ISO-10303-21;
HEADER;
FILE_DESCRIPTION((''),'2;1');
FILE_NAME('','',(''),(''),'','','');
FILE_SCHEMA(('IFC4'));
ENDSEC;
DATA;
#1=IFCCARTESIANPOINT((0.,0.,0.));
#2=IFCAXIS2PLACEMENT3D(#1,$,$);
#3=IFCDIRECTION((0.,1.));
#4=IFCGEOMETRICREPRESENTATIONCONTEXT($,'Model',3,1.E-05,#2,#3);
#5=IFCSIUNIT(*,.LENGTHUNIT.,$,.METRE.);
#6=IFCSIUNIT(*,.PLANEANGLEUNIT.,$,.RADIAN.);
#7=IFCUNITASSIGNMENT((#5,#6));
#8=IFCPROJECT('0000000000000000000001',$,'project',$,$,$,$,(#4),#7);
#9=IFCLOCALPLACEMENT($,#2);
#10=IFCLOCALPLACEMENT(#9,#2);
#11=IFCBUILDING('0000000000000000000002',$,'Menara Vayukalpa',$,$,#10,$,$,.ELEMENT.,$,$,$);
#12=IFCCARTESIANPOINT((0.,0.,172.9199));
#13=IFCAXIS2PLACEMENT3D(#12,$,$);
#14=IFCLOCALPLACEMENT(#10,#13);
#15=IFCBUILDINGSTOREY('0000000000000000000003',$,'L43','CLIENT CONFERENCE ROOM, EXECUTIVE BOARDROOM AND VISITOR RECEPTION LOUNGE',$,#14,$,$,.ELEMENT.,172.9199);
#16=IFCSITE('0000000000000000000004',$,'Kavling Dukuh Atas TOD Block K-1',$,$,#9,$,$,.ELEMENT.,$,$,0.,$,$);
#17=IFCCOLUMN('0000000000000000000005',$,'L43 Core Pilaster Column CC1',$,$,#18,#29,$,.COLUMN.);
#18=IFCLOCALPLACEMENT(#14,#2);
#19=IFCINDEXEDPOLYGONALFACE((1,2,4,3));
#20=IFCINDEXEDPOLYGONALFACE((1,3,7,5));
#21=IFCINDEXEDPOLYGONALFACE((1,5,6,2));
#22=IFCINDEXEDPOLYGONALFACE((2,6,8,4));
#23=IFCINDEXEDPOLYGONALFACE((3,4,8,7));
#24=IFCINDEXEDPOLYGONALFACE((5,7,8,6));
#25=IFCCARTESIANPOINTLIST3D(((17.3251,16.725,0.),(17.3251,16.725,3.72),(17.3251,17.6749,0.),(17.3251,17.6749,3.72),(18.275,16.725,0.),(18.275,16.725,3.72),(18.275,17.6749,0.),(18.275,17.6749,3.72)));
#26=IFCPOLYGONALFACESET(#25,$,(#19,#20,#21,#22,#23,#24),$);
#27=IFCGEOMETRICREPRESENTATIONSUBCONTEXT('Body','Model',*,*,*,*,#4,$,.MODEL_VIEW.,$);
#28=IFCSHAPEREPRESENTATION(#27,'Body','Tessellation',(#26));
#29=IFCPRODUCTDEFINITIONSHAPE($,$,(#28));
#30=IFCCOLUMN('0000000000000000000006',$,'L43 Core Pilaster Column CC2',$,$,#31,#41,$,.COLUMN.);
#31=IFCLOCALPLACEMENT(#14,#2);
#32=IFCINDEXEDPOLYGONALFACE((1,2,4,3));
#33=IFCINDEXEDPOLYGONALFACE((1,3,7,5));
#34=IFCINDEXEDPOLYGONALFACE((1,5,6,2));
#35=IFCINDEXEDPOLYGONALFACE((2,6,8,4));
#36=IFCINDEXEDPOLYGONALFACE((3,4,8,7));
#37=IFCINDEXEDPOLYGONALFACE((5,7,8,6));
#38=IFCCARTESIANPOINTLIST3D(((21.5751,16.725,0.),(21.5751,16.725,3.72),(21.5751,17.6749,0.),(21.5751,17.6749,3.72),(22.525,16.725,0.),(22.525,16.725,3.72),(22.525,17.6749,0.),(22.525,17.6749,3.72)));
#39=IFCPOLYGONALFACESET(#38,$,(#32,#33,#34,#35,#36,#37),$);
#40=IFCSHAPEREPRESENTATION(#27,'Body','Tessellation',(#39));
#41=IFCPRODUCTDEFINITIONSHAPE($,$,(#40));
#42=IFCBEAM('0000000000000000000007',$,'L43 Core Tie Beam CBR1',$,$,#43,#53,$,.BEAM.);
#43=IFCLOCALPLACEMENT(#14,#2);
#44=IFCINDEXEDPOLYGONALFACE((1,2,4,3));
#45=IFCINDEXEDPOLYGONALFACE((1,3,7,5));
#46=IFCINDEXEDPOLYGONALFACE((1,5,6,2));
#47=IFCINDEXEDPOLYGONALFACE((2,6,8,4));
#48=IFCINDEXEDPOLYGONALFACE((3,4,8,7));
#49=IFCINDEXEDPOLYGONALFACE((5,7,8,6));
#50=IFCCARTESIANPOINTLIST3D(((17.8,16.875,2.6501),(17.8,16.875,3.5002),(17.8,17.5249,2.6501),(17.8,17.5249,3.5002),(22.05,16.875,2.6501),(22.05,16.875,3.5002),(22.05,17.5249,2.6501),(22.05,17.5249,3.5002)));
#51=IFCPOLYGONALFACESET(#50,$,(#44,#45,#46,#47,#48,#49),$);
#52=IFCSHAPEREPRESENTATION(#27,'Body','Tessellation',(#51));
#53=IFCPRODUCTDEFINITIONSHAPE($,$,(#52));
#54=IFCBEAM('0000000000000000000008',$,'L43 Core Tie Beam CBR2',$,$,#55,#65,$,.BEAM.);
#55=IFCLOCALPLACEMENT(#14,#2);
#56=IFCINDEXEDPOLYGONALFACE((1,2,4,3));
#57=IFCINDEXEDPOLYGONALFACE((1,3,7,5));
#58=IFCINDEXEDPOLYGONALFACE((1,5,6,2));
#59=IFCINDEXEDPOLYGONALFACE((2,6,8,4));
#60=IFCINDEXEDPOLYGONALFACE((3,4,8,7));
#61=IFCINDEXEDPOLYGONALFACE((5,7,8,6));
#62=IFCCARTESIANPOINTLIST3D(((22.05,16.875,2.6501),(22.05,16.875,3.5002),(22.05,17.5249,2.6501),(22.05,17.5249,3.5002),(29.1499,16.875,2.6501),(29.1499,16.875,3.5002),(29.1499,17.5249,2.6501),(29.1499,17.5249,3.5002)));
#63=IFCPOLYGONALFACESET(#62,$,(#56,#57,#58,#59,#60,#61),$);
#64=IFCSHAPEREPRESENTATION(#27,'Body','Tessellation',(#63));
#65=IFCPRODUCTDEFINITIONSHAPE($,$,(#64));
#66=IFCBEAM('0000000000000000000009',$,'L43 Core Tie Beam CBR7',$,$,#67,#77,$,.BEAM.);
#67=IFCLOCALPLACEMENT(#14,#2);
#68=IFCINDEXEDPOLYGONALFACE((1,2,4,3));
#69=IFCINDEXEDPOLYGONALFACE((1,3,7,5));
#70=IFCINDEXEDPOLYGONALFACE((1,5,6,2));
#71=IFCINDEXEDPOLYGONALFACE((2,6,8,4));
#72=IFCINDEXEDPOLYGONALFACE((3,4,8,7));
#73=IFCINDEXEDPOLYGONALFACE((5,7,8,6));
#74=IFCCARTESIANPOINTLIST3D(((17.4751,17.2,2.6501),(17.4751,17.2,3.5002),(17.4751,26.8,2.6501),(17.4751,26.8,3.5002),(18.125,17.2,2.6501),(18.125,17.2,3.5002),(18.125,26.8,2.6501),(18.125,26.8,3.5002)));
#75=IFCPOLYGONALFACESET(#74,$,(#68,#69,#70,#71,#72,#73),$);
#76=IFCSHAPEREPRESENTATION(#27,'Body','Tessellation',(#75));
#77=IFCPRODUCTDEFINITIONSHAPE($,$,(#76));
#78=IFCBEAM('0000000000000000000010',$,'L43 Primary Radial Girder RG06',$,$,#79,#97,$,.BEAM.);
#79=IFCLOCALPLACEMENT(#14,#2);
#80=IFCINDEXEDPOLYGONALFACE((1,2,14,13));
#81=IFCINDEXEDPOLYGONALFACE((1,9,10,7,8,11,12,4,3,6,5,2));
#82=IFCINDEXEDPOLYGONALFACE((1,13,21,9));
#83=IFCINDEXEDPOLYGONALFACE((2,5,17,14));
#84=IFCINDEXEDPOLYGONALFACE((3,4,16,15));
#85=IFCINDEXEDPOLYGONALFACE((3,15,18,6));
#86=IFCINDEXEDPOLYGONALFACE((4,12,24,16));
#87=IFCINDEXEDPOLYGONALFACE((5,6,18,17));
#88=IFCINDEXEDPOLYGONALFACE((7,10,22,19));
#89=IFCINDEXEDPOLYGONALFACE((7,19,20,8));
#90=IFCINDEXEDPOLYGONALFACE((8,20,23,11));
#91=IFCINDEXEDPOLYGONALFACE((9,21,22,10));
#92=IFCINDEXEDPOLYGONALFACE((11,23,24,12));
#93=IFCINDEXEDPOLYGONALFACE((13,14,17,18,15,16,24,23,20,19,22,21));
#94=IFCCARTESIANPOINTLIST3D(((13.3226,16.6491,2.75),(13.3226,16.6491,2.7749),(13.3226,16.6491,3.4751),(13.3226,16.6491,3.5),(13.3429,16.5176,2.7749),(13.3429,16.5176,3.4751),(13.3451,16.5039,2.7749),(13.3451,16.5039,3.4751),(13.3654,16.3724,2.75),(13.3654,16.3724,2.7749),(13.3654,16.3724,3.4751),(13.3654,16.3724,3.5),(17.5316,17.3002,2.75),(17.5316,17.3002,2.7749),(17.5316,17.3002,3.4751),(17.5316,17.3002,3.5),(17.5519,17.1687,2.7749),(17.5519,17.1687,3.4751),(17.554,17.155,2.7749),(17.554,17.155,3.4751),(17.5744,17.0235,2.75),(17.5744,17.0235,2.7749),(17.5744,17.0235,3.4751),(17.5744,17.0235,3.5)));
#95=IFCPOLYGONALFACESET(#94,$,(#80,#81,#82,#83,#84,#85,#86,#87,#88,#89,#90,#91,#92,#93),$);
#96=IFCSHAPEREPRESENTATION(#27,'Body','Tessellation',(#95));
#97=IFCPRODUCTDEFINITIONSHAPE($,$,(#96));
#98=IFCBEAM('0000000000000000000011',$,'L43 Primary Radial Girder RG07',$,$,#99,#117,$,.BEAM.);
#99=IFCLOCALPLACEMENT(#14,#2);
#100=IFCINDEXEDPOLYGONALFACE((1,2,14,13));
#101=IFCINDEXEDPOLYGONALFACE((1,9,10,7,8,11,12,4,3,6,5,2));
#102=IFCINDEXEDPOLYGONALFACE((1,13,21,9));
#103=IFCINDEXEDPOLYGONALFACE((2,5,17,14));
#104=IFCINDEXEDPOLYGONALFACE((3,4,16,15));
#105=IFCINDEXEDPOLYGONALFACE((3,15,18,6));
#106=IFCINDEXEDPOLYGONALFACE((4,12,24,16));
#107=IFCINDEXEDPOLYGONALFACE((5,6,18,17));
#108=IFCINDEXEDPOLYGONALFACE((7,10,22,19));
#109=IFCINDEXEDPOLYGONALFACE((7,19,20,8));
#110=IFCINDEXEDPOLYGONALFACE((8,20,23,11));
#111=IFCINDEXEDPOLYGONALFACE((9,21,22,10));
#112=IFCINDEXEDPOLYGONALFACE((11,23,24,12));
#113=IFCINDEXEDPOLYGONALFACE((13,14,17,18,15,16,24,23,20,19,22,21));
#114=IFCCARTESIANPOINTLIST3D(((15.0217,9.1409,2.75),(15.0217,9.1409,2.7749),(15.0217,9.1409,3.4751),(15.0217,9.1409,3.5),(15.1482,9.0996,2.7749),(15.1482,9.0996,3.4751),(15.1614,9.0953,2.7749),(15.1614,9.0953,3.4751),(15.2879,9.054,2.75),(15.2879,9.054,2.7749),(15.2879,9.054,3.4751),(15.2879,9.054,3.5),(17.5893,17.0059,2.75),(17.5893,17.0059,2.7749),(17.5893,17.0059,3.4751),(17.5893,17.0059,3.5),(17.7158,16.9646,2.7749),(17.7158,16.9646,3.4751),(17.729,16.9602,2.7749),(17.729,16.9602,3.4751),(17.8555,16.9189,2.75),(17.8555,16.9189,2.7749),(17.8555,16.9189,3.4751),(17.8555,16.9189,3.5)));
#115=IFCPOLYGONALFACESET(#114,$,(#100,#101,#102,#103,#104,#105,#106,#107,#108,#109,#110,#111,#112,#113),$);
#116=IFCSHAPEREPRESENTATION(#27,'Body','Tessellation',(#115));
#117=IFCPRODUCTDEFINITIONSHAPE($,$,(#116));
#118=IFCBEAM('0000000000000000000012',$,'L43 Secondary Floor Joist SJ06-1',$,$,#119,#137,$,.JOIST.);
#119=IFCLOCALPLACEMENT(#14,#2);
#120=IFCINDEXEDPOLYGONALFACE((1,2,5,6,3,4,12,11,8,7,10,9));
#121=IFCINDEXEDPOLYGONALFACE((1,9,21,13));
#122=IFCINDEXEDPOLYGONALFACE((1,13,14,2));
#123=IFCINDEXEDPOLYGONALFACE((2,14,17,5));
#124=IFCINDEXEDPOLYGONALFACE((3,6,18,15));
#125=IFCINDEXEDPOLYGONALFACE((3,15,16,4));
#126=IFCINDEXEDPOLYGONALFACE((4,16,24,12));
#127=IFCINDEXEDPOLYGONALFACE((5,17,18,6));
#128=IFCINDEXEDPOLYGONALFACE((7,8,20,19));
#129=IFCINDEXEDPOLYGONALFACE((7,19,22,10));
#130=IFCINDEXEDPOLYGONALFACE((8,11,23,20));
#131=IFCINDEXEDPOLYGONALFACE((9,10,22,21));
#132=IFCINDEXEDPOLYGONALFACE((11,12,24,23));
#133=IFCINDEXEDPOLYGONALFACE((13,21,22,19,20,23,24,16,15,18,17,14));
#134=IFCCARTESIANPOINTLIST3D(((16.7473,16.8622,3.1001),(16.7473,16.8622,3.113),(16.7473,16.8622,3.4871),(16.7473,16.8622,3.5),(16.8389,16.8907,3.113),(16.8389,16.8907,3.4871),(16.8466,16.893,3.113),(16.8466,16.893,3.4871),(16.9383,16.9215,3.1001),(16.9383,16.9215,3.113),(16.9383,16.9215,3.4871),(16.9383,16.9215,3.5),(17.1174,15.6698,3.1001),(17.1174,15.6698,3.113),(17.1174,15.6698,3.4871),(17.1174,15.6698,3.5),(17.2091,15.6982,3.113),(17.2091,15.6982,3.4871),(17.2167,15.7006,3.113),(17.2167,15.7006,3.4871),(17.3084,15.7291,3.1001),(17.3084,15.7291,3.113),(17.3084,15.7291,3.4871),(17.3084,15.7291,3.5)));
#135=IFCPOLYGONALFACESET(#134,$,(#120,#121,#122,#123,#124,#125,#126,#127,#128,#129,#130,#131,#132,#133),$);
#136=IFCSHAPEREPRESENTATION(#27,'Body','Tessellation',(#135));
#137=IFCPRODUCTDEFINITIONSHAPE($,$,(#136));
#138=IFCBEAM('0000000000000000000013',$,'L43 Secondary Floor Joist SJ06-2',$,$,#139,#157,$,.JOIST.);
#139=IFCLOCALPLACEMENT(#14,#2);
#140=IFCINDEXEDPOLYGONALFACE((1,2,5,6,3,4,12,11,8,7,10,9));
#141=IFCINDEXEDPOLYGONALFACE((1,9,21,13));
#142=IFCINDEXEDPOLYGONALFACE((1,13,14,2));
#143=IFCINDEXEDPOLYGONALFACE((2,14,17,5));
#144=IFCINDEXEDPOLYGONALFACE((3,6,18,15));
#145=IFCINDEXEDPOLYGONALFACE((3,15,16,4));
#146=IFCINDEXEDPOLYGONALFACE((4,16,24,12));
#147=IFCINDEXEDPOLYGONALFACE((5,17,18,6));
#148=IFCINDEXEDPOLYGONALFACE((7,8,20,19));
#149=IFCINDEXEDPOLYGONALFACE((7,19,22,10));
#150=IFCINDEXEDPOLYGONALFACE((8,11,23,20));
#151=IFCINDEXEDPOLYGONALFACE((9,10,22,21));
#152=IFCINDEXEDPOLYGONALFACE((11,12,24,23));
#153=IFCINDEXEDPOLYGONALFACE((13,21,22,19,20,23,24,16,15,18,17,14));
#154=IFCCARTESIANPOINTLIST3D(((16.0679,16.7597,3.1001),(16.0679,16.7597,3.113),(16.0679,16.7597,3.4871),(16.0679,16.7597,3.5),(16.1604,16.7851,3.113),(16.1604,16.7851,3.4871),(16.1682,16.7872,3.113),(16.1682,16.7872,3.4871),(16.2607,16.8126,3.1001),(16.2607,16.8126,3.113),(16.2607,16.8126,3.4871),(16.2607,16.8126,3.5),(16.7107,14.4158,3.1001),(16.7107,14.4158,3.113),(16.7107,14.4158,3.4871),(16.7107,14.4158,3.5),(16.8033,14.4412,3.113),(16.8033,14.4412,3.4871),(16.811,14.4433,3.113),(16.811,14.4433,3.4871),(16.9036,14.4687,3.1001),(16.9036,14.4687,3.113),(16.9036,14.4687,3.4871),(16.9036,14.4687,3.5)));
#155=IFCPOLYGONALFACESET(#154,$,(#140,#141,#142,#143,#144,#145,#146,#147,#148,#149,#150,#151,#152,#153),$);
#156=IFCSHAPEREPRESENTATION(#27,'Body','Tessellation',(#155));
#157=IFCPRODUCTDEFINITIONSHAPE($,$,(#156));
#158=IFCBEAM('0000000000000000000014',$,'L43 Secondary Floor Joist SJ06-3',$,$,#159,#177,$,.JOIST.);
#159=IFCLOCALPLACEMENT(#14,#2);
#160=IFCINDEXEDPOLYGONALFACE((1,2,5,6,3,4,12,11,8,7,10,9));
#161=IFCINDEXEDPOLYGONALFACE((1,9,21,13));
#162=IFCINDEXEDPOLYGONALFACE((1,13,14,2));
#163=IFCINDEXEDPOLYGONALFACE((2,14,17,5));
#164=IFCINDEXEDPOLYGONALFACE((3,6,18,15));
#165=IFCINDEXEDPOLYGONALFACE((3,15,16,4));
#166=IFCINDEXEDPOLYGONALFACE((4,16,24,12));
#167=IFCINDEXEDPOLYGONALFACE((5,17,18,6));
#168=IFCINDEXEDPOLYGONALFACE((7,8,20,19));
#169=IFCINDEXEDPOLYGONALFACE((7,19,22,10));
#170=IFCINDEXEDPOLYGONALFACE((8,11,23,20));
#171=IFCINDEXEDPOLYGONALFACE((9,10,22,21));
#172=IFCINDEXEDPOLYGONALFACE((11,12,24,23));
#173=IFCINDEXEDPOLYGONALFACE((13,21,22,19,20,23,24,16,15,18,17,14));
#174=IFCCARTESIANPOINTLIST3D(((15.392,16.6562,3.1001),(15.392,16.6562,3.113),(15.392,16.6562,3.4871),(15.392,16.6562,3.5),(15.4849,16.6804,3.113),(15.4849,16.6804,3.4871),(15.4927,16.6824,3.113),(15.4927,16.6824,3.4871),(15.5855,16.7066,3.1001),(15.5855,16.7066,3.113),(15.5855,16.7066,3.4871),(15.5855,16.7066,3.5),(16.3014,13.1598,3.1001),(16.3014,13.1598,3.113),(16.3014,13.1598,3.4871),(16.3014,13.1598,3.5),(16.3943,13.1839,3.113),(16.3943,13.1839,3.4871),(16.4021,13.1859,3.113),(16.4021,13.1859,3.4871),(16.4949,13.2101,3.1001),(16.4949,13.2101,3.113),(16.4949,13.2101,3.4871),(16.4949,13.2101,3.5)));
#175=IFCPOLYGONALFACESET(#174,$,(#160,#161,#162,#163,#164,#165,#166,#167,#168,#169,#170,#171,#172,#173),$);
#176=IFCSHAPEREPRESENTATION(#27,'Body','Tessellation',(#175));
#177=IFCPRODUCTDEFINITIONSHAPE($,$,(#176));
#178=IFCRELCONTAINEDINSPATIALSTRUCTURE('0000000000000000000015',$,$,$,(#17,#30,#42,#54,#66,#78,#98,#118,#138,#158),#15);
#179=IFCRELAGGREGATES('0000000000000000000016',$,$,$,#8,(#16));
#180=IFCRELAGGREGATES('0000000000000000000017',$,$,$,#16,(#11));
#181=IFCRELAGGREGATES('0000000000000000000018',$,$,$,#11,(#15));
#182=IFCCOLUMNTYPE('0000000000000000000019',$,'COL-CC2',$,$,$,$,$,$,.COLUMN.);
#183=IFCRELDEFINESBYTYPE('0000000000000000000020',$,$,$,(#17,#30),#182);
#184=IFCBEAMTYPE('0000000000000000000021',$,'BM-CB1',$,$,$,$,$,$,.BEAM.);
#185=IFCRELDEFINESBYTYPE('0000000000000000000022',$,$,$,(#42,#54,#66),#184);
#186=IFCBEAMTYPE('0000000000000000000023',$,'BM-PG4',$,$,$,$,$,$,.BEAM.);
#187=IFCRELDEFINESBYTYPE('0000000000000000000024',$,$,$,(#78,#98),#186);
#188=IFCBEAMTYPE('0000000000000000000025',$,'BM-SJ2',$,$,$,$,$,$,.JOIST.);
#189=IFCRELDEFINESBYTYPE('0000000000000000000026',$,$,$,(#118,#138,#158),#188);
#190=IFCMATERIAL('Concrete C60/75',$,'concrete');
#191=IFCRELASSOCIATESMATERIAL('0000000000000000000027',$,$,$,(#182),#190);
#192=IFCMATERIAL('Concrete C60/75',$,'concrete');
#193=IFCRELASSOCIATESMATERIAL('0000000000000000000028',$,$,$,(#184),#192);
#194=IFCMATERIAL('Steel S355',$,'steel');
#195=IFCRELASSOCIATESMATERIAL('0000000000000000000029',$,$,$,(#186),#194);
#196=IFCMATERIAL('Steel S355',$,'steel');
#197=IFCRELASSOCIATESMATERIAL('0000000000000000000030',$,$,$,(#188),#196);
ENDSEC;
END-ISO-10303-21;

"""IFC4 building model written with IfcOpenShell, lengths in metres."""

from ifc_helpers import new_model, si_unit, direction, frame, origin, origin_2d, place, context, subcontext, project, spatial, rectangle, i_section, extrude, material, material_profile, profile_set, type_object, element, save


model = new_model("IFC4")

# Units and contexts
model_context = context("Model", 3, precision=1e-05, world=origin(), true_north=direction((0.0, 1.0)))
body_context = subcontext(model_context, "Body", "Model", "MODEL_VIEW")
ifc_project = project(units=[si_unit("LENGTHUNIT", "METRE"), si_unit("PLANEANGLEUNIT", "RADIAN")], contexts=[model_context])

# Site, building, storey
site_placement = place(None, origin())
site = spatial("IfcSite", under=ifc_project, at=site_placement, Name="Kavling Dukuh Atas TOD Block K-1", CompositionType="ELEMENT", RefElevation=0.0)
building_placement = place(site_placement, origin())
building = spatial("IfcBuilding", under=site, at=building_placement, Name="Menara Vayukalpa", CompositionType="ELEMENT")
storey_placement = place(building_placement, frame((0.0, 0.0, 172.9199)))
storey = spatial("IfcBuildingStorey", under=building, at=storey_placement, Name="L43", Description="CLIENT CONFERENCE ROOM, EXECUTIVE BOARDROOM AND VISITOR RECEPTION LOUNGE", CompositionType="ELEMENT", Elevation=172.9199)

# Columns
ifc_material_1 = material(Name="Concrete C60/75", Category="concrete")
ifc_material_profile_1 = material_profile(ifc_material_1, rectangle(XDim=0.95, YDim=0.95, at=origin_2d()), Name="RC 950x950")
ifc_profile_set_1 = profile_set([ifc_material_profile_1], Name="Concrete C60/75")
column_type = type_object("IfcColumnType", Name="COL-CC2", PredefinedType="COLUMN", material=ifc_profile_set_1)
for number, where, z_axis, x_axis, name in (
    (1, (17.8, 17.2, 0.0), (0.0, 0.0, 1.0), (1.0, 0.0, 0.0), "L43 Core Pilaster Column CC1"),
    (2, (22.05, 17.2, 0.0), (0.0, 0.0, 1.0), (1.0, 0.0, 0.0), "L43 Core Pilaster Column CC2"),
):
    element("IfcColumn", number, at=place(storey_placement, frame(where, z_axis=z_axis, x_axis=x_axis)), inside=storey, type_object=column_type, Name=name, PredefinedType="COLUMN", context=body_context, shape_type="SweptSolid", body=[
        extrude(rectangle(XDim=0.95, YDim=0.95, at=origin_2d()), origin(), (0.0, 0.0, 1.0), 3.72),
    ])

# Beams
ifc_material_2 = material(Name="Concrete C60/75", Category="concrete")
ifc_material_profile_2 = material_profile(ifc_material_2, rectangle(XDim=0.6499, YDim=0.8501, at=origin_2d()), Name="RC 650x850")
ifc_profile_set_2 = profile_set([ifc_material_profile_2], Name="Concrete C60/75")
beam_type_1 = type_object("IfcBeamType", Name="BM-CB1", PredefinedType="BEAM", material=ifc_profile_set_2)
beam_1_placement = place(storey_placement, frame((17.8, 17.2, 3.0752), z_axis=(1.0, 0.0, 0.0), x_axis=(0.0, 1.0, 0.0)))
element("IfcBeam", 3, at=beam_1_placement, inside=storey, type_object=beam_type_1, Name="L43 Core Tie Beam CBR1", PredefinedType="BEAM", context=body_context, shape_type="SweptSolid", body=[
    extrude(rectangle(XDim=0.6499, YDim=0.8501, at=origin_2d()), origin(), (0.0, 0.0, 1.0), 4.25),
])
beam_2_placement = place(storey_placement, frame((22.05, 17.2, 3.0752), z_axis=(1.0, 0.0, 0.0), x_axis=(0.0, 1.0, 0.0)))
element("IfcBeam", 4, at=beam_2_placement, inside=storey, type_object=beam_type_1, Name="L43 Core Tie Beam CBR2", PredefinedType="BEAM", context=body_context, shape_type="SweptSolid", body=[
    extrude(rectangle(XDim=0.6499, YDim=0.8501, at=origin_2d()), origin(), (0.0, 0.0, 1.0), 7.0999),
])
beam_3_placement = place(storey_placement, frame((17.8, 17.2, 3.0752), z_axis=(0.0, 1.0, 0.0), x_axis=(-1.0, 0.0, 0.0)))
element("IfcBeam", 5, at=beam_3_placement, inside=storey, type_object=beam_type_1, Name="L43 Core Tie Beam CBR7", PredefinedType="BEAM", context=body_context, shape_type="SweptSolid", body=[
    extrude(rectangle(XDim=0.6499, YDim=0.8501, at=origin_2d()), origin(), (0.0, 0.0, 1.0), 9.6001),
])
ifc_material_3 = material(Name="Steel S355", Category="steel")
ifc_material_profile_3 = material_profile(ifc_material_3, i_section(OverallWidth=0.28, OverallDepth=0.75, WebThickness=0.0139, FlangeThickness=0.0249, at=origin_2d()), Name="WF 750x280x14x25")
ifc_profile_set_3 = profile_set([ifc_material_profile_3], Name="Steel S355")
beam_type_2 = type_object("IfcBeamType", Name="BM-PG4", PredefinedType="BEAM", material=ifc_profile_set_3)
beam_4_placement = place(storey_placement, frame((17.553, 17.1619, 3.125), z_axis=(-0.988245, -0.15288, 0.0), x_axis=(0.15288, -0.988245, 0.0)))
element("IfcBeam", 6, at=beam_4_placement, inside=storey, type_object=beam_type_2, Name="L43 Primary Radial Girder RG06", PredefinedType="BEAM", context=body_context, shape_type="SweptSolid", body=[
    extrude(i_section(OverallWidth=0.28, OverallDepth=0.75, WebThickness=0.0139, FlangeThickness=0.0249, at=origin_2d()), origin(), (0.0, 0.0, 1.0), 4.259),
])
beam_5_placement = place(storey_placement, frame((17.7224, 16.9624, 3.125), z_axis=(-0.310344, -0.950624, 0.0), x_axis=(0.950624, -0.310344, 0.0)))
element("IfcBeam", 7, at=beam_5_placement, inside=storey, type_object=beam_type_2, Name="L43 Primary Radial Girder RG07", PredefinedType="BEAM", context=body_context, shape_type="SweptSolid", body=[
    extrude(i_section(OverallWidth=0.28, OverallDepth=0.75, WebThickness=0.0139, FlangeThickness=0.0249, at=origin_2d()), origin(), (0.0, 0.0, 1.0), 8.2734),
])
ifc_material_4 = material(Name="Steel S355", Category="steel")
ifc_material_profile_4 = material_profile(ifc_material_4, i_section(OverallWidth=0.2, OverallDepth=0.3999, WebThickness=0.0081, FlangeThickness=0.0129, at=origin_2d()), Name="WF 400x200x8x13")
ifc_profile_set_4 = profile_set([ifc_material_profile_4], Name="Steel S355")
beam_type_3 = type_object("IfcBeamType", Name="BM-SJ2", PredefinedType="JOIST", material=ifc_profile_set_4)
beam_6_placement = place(storey_placement, frame((16.8428, 16.8918, 3.3), z_axis=(0.296448, -0.955049, 0.0), x_axis=(0.955049, 0.296448, 0.0)))
element("IfcBeam", 8, at=beam_6_placement, inside=storey, type_object=beam_type_3, Name="L43 Secondary Floor Joist SJ06-1", PredefinedType="JOIST", context=body_context, shape_type="SweptSolid", body=[
    extrude(i_section(OverallWidth=0.2, OverallDepth=0.3999, WebThickness=0.0081, FlangeThickness=0.0129, at=origin_2d()), origin(), (0.0, 0.0, 1.0), 1.2485),
])
beam_7_placement = place(storey_placement, frame((16.1643, 16.7861, 3.3), z_axis=(0.264503, -0.964385, 0.0), x_axis=(0.964385, 0.264503, 0.0)))
element("IfcBeam", 9, at=beam_7_placement, inside=storey, type_object=beam_type_3, Name="L43 Secondary Floor Joist SJ06-2", PredefinedType="JOIST", context=body_context, shape_type="SweptSolid", body=[
    extrude(i_section(OverallWidth=0.2, OverallDepth=0.3999, WebThickness=0.0081, FlangeThickness=0.0129, at=origin_2d()), origin(), (0.0, 0.0, 1.0), 2.4304),
])
beam_8_placement = place(storey_placement, frame((15.4888, 16.6814, 3.3), z_axis=(0.251715, -0.967801, 0.0), x_axis=(0.967801, 0.251715, 0.0)))
element("IfcBeam", 10, at=beam_8_placement, inside=storey, type_object=beam_type_3, Name="L43 Secondary Floor Joist SJ06-3", PredefinedType="JOIST", context=body_context, shape_type="SweptSolid", body=[
    extrude(i_section(OverallWidth=0.2, OverallDepth=0.3999, WebThickness=0.0081, FlangeThickness=0.0129, at=origin_2d()), origin(), (0.0, 0.0, 1.0), 3.6128),
])

save(model, "model.ifc")
